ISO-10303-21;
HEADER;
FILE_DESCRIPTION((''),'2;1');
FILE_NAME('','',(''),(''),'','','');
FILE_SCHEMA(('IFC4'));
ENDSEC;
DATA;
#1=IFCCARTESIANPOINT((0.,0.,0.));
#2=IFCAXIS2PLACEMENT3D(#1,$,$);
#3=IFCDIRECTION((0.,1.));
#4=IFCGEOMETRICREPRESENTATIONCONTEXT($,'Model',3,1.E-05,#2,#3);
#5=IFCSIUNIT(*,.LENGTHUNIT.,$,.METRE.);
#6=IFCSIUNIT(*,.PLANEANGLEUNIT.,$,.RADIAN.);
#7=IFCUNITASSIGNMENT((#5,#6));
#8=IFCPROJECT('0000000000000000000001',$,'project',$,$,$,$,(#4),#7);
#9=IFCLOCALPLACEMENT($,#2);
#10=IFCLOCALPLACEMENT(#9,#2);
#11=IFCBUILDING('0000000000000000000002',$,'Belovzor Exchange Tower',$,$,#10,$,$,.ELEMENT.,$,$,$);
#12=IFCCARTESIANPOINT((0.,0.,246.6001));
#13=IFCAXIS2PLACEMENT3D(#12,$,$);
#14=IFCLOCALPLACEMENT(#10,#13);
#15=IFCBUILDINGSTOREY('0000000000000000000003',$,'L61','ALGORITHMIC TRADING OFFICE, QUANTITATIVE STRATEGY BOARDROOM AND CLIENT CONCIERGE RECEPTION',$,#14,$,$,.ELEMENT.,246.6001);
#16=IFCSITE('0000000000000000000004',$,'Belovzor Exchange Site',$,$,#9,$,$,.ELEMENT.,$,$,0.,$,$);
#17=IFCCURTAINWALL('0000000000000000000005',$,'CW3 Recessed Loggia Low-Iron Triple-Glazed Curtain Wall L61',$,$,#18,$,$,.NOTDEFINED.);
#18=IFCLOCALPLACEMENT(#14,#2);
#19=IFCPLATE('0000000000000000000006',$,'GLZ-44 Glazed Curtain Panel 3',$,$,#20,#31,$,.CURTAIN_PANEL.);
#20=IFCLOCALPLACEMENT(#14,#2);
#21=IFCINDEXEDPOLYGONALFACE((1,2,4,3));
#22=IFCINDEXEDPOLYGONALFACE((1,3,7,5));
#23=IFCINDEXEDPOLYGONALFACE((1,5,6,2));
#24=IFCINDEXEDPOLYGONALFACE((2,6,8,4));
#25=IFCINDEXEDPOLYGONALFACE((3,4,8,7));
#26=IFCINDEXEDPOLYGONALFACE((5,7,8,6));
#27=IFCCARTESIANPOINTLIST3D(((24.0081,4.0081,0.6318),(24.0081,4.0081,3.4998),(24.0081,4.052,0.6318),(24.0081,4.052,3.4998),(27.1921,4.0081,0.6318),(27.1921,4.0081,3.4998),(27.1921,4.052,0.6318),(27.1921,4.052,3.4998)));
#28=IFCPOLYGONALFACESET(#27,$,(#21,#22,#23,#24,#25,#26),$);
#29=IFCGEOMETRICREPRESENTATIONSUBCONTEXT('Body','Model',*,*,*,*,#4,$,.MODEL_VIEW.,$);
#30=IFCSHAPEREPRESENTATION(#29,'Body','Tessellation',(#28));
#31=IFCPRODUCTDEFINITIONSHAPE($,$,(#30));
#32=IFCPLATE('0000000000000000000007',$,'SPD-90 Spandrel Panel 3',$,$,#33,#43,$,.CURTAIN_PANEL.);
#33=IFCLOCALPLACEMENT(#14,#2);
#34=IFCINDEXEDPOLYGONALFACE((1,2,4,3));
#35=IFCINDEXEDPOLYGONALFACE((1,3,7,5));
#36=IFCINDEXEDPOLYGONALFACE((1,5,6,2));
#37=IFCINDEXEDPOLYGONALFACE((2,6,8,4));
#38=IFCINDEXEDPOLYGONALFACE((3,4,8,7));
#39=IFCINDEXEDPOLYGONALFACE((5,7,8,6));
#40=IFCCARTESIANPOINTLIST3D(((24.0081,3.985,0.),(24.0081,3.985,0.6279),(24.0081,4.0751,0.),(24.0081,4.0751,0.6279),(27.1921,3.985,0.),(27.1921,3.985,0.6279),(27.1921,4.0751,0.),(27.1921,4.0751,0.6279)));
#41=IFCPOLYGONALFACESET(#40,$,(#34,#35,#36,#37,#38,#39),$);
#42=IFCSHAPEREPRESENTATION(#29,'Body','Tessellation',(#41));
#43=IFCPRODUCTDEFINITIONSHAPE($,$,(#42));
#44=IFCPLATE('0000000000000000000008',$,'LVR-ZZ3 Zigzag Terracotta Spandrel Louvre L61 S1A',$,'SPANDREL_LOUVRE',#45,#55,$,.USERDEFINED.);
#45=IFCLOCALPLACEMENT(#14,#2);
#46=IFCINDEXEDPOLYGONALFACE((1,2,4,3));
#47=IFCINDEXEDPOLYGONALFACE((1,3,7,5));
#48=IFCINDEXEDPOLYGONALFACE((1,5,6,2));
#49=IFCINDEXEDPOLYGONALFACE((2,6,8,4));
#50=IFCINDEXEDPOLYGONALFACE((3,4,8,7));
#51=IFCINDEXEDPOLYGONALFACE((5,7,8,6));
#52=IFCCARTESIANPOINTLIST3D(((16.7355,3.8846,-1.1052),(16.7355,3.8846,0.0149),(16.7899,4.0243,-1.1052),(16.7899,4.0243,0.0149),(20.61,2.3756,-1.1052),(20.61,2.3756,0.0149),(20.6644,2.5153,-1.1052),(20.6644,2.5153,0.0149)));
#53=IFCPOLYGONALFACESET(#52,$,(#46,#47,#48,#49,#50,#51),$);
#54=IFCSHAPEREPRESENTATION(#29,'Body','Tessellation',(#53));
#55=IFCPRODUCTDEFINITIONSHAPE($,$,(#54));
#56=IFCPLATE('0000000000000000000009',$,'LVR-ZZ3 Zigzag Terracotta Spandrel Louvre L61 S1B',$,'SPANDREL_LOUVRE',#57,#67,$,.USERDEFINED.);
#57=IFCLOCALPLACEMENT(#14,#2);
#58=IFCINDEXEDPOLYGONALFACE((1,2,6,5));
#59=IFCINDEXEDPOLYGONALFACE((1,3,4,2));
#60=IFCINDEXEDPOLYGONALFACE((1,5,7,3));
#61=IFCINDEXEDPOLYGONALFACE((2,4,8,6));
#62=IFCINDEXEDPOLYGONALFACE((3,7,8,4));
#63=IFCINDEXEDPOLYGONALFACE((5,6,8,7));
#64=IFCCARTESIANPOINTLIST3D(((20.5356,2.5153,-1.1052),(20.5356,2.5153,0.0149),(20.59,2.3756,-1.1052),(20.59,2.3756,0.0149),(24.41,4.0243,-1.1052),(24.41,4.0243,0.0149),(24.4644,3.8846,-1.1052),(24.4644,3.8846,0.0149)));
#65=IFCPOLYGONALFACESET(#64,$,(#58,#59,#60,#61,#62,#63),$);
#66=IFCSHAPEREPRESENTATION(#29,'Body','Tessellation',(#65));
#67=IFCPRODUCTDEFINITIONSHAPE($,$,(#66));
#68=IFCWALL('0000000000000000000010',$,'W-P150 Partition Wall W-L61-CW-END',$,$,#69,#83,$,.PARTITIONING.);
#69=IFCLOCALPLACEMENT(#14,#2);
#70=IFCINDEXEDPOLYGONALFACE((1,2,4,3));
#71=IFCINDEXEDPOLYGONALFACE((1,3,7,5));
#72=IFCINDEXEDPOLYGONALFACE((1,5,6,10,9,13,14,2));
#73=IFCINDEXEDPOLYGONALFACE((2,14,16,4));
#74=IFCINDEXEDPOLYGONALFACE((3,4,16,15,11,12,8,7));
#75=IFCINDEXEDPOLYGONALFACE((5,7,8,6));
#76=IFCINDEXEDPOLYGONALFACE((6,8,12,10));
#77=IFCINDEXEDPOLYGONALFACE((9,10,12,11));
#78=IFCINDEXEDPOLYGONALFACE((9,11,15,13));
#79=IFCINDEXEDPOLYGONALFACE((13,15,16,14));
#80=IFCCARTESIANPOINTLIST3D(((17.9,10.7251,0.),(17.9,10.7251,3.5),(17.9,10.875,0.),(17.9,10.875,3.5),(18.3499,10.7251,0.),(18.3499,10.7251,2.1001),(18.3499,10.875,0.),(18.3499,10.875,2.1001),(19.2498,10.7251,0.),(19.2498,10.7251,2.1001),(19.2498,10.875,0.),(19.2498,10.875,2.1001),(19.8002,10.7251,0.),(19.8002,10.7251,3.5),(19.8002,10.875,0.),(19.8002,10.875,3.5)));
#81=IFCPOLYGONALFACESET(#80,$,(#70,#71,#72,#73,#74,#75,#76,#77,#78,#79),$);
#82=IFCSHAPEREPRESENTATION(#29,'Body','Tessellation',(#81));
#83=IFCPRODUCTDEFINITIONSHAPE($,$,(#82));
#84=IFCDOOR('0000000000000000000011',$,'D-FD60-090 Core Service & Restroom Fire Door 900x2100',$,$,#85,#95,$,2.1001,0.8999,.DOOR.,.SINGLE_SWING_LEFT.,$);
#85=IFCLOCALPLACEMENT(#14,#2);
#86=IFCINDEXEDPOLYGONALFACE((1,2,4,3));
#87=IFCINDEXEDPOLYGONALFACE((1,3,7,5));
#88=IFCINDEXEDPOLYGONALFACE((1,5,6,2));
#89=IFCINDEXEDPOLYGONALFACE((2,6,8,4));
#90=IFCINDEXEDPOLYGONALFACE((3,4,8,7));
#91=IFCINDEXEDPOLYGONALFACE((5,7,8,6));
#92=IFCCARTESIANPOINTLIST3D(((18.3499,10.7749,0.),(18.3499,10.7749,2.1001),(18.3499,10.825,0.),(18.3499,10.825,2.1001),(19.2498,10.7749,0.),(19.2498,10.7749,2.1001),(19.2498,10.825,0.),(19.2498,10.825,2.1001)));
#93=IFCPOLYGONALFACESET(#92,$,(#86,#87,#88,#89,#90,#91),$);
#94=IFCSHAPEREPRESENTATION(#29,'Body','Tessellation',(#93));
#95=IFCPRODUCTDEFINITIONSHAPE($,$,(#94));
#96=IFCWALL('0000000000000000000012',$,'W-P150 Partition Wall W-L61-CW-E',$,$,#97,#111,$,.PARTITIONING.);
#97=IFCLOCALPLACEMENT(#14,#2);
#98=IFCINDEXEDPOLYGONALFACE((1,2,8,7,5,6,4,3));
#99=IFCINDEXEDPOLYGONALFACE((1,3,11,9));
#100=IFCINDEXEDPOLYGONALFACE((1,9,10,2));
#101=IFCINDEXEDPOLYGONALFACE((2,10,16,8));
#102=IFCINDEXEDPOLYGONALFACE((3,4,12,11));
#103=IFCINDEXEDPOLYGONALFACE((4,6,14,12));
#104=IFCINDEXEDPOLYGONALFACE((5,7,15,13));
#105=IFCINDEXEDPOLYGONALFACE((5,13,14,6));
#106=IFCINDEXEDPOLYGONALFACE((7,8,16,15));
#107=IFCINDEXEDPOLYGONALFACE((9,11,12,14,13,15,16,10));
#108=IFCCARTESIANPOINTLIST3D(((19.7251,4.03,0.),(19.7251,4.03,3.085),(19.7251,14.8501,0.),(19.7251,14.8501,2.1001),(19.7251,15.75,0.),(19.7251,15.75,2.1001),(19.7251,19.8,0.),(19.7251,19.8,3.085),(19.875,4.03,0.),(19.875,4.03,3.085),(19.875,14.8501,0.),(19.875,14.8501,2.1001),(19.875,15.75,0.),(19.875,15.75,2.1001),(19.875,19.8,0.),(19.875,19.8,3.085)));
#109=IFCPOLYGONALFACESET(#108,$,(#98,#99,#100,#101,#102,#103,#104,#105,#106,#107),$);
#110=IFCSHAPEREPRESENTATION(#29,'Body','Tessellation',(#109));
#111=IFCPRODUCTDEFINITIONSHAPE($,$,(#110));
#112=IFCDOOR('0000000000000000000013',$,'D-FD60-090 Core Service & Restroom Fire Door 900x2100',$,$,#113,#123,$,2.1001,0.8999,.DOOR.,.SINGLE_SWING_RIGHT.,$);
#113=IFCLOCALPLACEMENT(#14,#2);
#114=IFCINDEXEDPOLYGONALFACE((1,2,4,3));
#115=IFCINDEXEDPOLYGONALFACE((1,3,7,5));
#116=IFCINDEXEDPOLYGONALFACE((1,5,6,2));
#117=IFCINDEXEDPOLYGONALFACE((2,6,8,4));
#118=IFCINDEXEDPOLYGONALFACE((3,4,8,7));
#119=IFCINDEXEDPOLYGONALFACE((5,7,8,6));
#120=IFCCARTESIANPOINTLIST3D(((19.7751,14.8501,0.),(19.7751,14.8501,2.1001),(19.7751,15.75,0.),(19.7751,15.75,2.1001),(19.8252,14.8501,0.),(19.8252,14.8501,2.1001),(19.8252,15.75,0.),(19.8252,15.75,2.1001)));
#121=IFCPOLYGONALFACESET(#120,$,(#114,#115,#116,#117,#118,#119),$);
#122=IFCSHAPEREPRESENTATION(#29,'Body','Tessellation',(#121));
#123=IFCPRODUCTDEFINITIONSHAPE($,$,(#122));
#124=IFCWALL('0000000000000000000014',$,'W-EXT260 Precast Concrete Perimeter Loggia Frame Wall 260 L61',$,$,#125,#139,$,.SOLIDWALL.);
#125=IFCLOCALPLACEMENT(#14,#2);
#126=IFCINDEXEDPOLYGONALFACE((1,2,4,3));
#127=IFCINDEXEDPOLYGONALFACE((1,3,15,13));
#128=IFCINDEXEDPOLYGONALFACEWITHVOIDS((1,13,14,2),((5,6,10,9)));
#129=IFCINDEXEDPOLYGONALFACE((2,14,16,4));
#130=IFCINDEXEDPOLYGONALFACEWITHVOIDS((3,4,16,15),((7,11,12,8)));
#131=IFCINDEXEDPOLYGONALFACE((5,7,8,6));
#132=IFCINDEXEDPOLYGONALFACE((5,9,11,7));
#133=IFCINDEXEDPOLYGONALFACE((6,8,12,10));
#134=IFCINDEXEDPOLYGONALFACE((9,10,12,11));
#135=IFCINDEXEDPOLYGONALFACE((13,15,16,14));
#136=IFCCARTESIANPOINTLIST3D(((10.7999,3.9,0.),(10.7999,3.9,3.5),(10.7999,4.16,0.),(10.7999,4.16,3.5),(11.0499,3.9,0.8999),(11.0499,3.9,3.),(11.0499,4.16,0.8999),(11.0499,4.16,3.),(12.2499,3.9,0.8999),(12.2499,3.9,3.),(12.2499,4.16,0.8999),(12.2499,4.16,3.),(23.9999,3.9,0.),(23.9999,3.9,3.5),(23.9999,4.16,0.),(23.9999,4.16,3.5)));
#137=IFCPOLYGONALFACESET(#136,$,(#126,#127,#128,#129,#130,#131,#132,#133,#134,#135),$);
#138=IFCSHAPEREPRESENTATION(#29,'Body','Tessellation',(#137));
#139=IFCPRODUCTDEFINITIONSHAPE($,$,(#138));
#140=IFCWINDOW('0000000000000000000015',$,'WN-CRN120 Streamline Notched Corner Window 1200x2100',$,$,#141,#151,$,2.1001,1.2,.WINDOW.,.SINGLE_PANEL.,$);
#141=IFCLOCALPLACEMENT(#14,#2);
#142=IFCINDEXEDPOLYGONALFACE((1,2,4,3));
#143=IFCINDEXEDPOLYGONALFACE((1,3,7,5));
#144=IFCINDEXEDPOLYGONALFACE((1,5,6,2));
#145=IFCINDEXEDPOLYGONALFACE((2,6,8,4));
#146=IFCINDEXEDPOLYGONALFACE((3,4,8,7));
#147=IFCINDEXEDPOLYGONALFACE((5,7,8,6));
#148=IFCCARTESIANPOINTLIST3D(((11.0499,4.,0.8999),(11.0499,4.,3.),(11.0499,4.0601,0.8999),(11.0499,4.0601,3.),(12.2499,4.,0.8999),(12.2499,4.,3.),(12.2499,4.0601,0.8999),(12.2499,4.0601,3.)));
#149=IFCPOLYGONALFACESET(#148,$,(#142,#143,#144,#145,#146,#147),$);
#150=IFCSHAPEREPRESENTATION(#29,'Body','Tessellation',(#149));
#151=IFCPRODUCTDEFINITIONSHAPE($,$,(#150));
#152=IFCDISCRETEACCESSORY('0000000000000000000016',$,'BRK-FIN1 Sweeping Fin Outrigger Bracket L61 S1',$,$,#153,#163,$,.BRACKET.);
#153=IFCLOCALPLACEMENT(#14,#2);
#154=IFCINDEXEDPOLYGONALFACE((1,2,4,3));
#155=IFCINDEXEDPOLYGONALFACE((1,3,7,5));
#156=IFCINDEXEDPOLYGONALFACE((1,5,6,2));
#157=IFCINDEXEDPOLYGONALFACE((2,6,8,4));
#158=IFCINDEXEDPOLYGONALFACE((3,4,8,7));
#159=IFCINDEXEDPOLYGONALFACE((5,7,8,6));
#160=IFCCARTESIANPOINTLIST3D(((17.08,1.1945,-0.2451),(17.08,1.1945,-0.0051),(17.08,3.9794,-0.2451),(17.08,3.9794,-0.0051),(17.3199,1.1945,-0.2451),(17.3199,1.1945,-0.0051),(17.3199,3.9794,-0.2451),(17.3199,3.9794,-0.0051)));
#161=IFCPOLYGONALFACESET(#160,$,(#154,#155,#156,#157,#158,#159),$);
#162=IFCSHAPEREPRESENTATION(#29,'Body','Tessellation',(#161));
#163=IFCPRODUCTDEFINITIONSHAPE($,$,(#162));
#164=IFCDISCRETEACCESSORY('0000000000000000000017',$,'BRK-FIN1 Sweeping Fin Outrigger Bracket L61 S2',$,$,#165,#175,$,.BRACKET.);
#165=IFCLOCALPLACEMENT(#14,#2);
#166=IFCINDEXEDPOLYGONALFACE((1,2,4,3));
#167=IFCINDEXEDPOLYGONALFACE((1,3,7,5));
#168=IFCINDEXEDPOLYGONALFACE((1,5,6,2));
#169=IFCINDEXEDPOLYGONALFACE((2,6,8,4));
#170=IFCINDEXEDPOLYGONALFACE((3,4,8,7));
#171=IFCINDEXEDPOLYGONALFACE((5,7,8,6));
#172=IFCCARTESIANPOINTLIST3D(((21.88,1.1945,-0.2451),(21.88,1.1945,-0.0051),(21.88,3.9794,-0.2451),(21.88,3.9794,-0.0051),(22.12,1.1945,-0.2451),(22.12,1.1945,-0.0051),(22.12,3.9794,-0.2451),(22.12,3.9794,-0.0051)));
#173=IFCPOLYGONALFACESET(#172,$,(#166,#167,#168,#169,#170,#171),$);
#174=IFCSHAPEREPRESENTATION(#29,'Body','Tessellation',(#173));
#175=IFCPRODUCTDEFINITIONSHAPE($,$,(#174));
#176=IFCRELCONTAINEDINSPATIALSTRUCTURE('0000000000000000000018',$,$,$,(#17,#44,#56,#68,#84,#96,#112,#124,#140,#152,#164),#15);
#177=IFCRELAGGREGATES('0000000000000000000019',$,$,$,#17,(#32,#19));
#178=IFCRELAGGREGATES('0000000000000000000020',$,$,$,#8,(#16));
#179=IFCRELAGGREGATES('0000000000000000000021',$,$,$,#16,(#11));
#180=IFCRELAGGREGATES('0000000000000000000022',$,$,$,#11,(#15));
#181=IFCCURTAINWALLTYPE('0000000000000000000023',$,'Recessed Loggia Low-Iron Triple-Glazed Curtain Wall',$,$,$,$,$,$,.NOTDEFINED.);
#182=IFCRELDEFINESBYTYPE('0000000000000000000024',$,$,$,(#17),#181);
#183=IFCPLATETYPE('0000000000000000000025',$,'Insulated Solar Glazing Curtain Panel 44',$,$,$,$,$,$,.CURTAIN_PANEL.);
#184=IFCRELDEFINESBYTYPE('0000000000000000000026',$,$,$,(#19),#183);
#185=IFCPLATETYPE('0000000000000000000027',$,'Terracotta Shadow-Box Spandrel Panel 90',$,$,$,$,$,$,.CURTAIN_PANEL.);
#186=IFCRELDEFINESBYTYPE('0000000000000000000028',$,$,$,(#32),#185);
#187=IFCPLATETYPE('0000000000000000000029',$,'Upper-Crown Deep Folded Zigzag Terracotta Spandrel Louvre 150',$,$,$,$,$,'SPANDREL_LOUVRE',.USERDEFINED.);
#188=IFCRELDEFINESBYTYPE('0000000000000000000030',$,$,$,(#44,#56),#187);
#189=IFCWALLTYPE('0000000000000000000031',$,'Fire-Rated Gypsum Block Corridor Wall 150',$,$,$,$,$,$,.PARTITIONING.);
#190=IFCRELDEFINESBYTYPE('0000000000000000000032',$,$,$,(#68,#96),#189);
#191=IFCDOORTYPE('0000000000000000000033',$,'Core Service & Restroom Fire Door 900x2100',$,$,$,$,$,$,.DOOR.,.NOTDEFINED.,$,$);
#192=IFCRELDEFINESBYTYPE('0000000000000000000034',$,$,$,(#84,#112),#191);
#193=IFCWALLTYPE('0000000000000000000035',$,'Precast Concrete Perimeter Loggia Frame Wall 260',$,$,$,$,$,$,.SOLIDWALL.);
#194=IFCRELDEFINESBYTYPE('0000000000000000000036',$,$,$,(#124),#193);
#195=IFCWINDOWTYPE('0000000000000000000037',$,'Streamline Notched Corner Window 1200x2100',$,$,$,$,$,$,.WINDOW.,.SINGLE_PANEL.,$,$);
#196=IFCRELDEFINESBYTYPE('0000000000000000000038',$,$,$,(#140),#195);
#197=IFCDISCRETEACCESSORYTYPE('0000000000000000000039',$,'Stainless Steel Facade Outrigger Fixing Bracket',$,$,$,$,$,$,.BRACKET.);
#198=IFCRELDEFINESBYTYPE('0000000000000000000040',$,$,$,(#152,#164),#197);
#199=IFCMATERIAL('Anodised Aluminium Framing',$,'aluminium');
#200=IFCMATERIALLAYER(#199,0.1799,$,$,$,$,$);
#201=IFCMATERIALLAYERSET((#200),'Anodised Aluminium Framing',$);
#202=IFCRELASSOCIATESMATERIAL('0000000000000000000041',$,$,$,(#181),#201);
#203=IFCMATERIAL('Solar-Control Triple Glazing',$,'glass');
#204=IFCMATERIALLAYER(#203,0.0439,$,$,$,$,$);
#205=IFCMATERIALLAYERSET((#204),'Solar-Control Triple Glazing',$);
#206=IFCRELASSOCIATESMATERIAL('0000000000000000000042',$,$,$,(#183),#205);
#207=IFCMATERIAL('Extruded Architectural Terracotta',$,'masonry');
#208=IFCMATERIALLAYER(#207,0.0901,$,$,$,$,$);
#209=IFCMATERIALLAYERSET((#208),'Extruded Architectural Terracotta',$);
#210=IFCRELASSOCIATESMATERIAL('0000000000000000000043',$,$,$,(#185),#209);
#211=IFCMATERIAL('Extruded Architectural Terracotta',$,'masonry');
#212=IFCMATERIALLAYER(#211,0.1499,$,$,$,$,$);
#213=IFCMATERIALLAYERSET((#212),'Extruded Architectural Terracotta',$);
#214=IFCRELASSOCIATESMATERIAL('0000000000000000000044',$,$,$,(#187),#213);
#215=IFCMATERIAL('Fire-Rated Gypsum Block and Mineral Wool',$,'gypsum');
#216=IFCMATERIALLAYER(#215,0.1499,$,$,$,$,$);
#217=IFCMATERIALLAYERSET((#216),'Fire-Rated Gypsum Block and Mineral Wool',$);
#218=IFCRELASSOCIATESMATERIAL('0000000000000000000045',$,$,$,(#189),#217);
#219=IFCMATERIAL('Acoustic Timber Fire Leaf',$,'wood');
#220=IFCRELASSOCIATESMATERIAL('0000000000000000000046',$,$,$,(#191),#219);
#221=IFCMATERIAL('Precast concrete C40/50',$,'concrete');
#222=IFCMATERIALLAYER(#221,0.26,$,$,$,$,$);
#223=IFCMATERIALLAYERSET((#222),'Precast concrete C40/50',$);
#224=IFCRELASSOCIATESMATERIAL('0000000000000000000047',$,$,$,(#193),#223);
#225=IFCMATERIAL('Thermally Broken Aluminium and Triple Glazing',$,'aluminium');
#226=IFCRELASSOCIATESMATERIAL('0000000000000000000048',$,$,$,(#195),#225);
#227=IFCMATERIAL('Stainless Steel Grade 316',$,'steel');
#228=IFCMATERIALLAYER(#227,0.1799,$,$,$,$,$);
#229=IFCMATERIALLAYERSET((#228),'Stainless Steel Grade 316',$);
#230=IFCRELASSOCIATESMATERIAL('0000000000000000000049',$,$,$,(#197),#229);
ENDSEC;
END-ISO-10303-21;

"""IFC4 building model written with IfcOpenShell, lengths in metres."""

from ifc_helpers import new_model, si_unit, direction, frame, frame_2d, origin, origin_2d, place, context, subcontext, project, spatial, rectangle, extrude, material, layer, layer_set, type_object, element, fill, aggregate, save


model = new_model("IFC4")

# Units and contexts
model_context = context("Model", 3, precision=1e-05, world=origin(), true_north=direction((0.0, 1.0)))
body_context = subcontext(model_context, "Body", "Model", "MODEL_VIEW")
ifc_project = project(units=[si_unit("LENGTHUNIT", "METRE"), si_unit("PLANEANGLEUNIT", "RADIAN")], contexts=[model_context])

# Site, building, storey
site_placement = place(None, origin())
site = spatial("IfcSite", under=ifc_project, at=site_placement, Name="Belovzor Exchange Site", CompositionType="ELEMENT", RefElevation=0.0)
building_placement = place(site_placement, origin())
building = spatial("IfcBuilding", under=site, at=building_placement, Name="Belovzor Exchange Tower", CompositionType="ELEMENT")
storey_placement = place(building_placement, frame((0.0, 0.0, 246.6001)))
storey = spatial("IfcBuildingStorey", under=building, at=storey_placement, Name="L61", Description="ALGORITHMIC TRADING OFFICE, QUANTITATIVE STRATEGY BOARDROOM AND CLIENT CONCIERGE RECEPTION", CompositionType="ELEMENT", Elevation=246.6001)

# Curtain wall
ifc_material_1 = material(Name="Anodised Aluminium Framing", Category="aluminium")
ifc_layer_1 = layer(ifc_material_1, 0.1799)
ifc_layer_set_1 = layer_set([ifc_layer_1], Name="Anodised Aluminium Framing")
curtain_wall_type = type_object("IfcCurtainWallType", Name="Recessed Loggia Low-Iron Triple-Glazed Curtain Wall", PredefinedType="NOTDEFINED", material=ifc_layer_set_1)
curtain_wall_placement = place(storey_placement, origin())
curtain_wall = element("IfcCurtainWall", 1, at=curtain_wall_placement, inside=storey, type_object=curtain_wall_type, Name="CW3 Recessed Loggia Low-Iron Triple-Glazed Curtain Wall L61", PredefinedType="NOTDEFINED")

# Plates
ifc_material_2 = material(Name="Solar-Control Triple Glazing", Category="glass")
ifc_layer_2 = layer(ifc_material_2, 0.0439)
ifc_layer_set_2 = layer_set([ifc_layer_2], Name="Solar-Control Triple Glazing")
plate_type_1 = type_object("IfcPlateType", Name="Insulated Solar Glazing Curtain Panel 44", PredefinedType="CURTAIN_PANEL", material=ifc_layer_set_2)
plate_1_placement = place(storey_placement, frame((25.6001, 4.03, 0.6318), z_axis=(0.0, 0.0, 1.0), x_axis=(-1.0, 0.0, 0.0)))
plate_1 = element("IfcPlate", 2, at=plate_1_placement, type_object=plate_type_1, Name="GLZ-44 Glazed Curtain Panel 3", PredefinedType="CURTAIN_PANEL", context=body_context, shape_type="SweptSolid", body=[
    extrude(rectangle(XDim=3.1841, YDim=0.0439, at=origin_2d()), origin(), (0.0, 0.0, 1.0), 2.8679),
])
ifc_material_3 = material(Name="Extruded Architectural Terracotta", Category="masonry")
ifc_layer_3 = layer(ifc_material_3, 0.0901)
ifc_layer_set_3 = layer_set([ifc_layer_3], Name="Extruded Architectural Terracotta")
plate_type_2 = type_object("IfcPlateType", Name="Terracotta Shadow-Box Spandrel Panel 90", PredefinedType="CURTAIN_PANEL", material=ifc_layer_set_3)
plate_2_placement = place(storey_placement, frame((25.6001, 4.03, 0.0), z_axis=(0.0, 0.0, 1.0), x_axis=(-1.0, 0.0, 0.0)))
plate_2 = element("IfcPlate", 3, at=plate_2_placement, type_object=plate_type_2, Name="SPD-90 Spandrel Panel 3", PredefinedType="CURTAIN_PANEL", context=body_context, shape_type="SweptSolid", body=[
    extrude(rectangle(XDim=3.1841, YDim=0.0901, at=origin_2d()), origin(), (0.0, 0.0, 1.0), 0.6279),
])
aggregate(curtain_wall, [plate_2, plate_1])

# Plates
ifc_material_4 = material(Name="Extruded Architectural Terracotta", Category="masonry")
ifc_layer_4 = layer(ifc_material_4, 0.1499)
ifc_layer_set_4 = layer_set([ifc_layer_4], Name="Extruded Architectural Terracotta")
plate_type_3 = type_object("IfcPlateType", Name="Upper-Crown Deep Folded Zigzag Terracotta Spandrel Louvre 150", ElementType="SPANDREL_LOUVRE", PredefinedType="USERDEFINED", material=ifc_layer_set_4)
for number, where, z_axis, x_axis, name in (
    (4, (18.7, 3.2, -1.1052), (0.0, 0.0, 1.0), (0.931818, -0.362926, 0.0), "LVR-ZZ3 Zigzag Terracotta Spandrel Louvre L61 S1A"),
    (5, (22.5, 3.2, -1.1052), (0.0, 0.0, 1.0), (0.931818, 0.362926, 0.0), "LVR-ZZ3 Zigzag Terracotta Spandrel Louvre L61 S1B"),
):
    element("IfcPlate", number, at=place(storey_placement, frame(where, z_axis=z_axis, x_axis=x_axis)), inside=storey, type_object=plate_type_3, Name=name, ObjectType="SPANDREL_LOUVRE", PredefinedType="USERDEFINED", context=body_context, shape_type="SweptSolid", body=[
        extrude(rectangle(XDim=4.158, YDim=0.1499, at=origin_2d()), origin(), (0.0, 0.0, 1.0), 1.1201),
    ])

# Walls, openings, doors
ifc_material_5 = material(Name="Fire-Rated Gypsum Block and Mineral Wool", Category="gypsum")
ifc_layer_5 = layer(ifc_material_5, 0.1499)
ifc_layer_set_5 = layer_set([ifc_layer_5], Name="Fire-Rated Gypsum Block and Mineral Wool")
wall_type_1 = type_object("IfcWallType", Name="Fire-Rated Gypsum Block Corridor Wall 150", PredefinedType="PARTITIONING", material=ifc_layer_set_5)
wall_1_placement = place(storey_placement, frame((17.8999, 10.8, 0.0), z_axis=(0.0, 0.0, 1.0), x_axis=(1.0, 0.0, 0.0)))
wall_1 = element("IfcWall", 6, at=wall_1_placement, inside=storey, type_object=wall_type_1, Name="W-P150 Partition Wall W-L61-CW-END", PredefinedType="PARTITIONING", context=body_context, shape_type="SweptSolid", body=[
    extrude(rectangle(XDim=1.9001, YDim=0.1499, at=frame_2d((0.9502, 0.0))), origin(), (0.0, 0.0, 1.0), 3.5),
])
opening_1_placement = place(wall_1_placement, frame((0.45, 0.0, 0.0)))
opening_1 = element("IfcOpeningElement", 7, at=opening_1_placement, cuts=wall_1, PredefinedType="OPENING", context=body_context, shape_type="SweptSolid", body=[
    extrude(rectangle(XDim=0.8999, YDim=2.1001, at=frame_2d((0.45, 1.05))), frame((0.0, 0.085, 0.0), z_axis=(0.0, -1.0, 0.0), x_axis=(1.0, 0.0, 0.0)), (0.0, 0.0, 1.0), 0.1699),
])
ifc_material_6 = material(Name="Acoustic Timber Fire Leaf", Category="wood")
door_type = type_object("IfcDoorType", Name="Core Service & Restroom Fire Door 900x2100", OperationType="NOTDEFINED", PredefinedType="DOOR", material=ifc_material_6)
door_1_placement = place(opening_1_placement, origin())
door_1 = element("IfcDoor", 8, at=door_1_placement, inside=storey, type_object=door_type, Name="D-FD60-090 Core Service & Restroom Fire Door 900x2100", OperationType="SINGLE_SWING_LEFT", OverallHeight=2.1001, OverallWidth=0.8999, PredefinedType="DOOR", context=body_context, shape_type="SweptSolid", body=[
    extrude(rectangle(XDim=0.8999, YDim=2.1001, at=frame_2d((0.45, 1.05))), frame((0.0, 0.0249, 0.0), z_axis=(0.0, -1.0, 0.0), x_axis=(1.0, 0.0, 0.0)), (0.0, 0.0, 1.0), 0.05),
])
fill(opening_1, door_1)
wall_2_placement = place(storey_placement, frame((19.8, 4.03, 0.0), z_axis=(0.0, 0.0, 1.0), x_axis=(0.0, 1.0, 0.0)))
wall_2 = element("IfcWall", 9, at=wall_2_placement, inside=storey, type_object=wall_type_1, Name="W-P150 Partition Wall W-L61-CW-E", PredefinedType="PARTITIONING", context=body_context, shape_type="SweptSolid", body=[
    extrude(rectangle(XDim=15.77, YDim=0.1499, at=frame_2d((7.885, 0.0))), origin(), (0.0, 0.0, 1.0), 3.085),
])
opening_2_placement = place(wall_2_placement, frame((10.8201, 0.0, 0.0)))
opening_2 = element("IfcOpeningElement", 10, at=opening_2_placement, cuts=wall_2, PredefinedType="OPENING", context=body_context, shape_type="SweptSolid", body=[
    extrude(rectangle(XDim=0.8999, YDim=2.1001, at=frame_2d((0.45, 1.05))), frame((0.0, 0.085, 0.0), z_axis=(0.0, -1.0, 0.0), x_axis=(1.0, 0.0, 0.0)), (0.0, 0.0, 1.0), 0.1699),
])
door_2_placement = place(opening_2_placement, origin())
door_2 = element("IfcDoor", 11, at=door_2_placement, inside=storey, type_object=door_type, Name="D-FD60-090 Core Service & Restroom Fire Door 900x2100", OperationType="SINGLE_SWING_RIGHT", OverallHeight=2.1001, OverallWidth=0.8999, PredefinedType="DOOR", context=body_context, shape_type="SweptSolid", body=[
    extrude(rectangle(XDim=0.8999, YDim=2.1001, at=frame_2d((0.45, 1.05))), frame((0.0, 0.0249, 0.0), z_axis=(0.0, -1.0, 0.0), x_axis=(1.0, 0.0, 0.0)), (0.0, 0.0, 1.0), 0.05),
])
fill(opening_2, door_2)

# Wall, opening, window
ifc_material_7 = material(Name="Precast concrete C40/50", Category="concrete")
ifc_layer_6 = layer(ifc_material_7, 0.26)
ifc_layer_set_6 = layer_set([ifc_layer_6], Name="Precast concrete C40/50")
wall_type_2 = type_object("IfcWallType", Name="Precast Concrete Perimeter Loggia Frame Wall 260", PredefinedType="SOLIDWALL", material=ifc_layer_set_6)
wall_3_placement = place(storey_placement, frame((24.0, 4.03, 0.0), z_axis=(0.0, 0.0, 1.0), x_axis=(-1.0, 0.0, 0.0)))
wall_3 = element("IfcWall", 12, at=wall_3_placement, inside=storey, type_object=wall_type_2, Name="W-EXT260 Precast Concrete Perimeter Loggia Frame Wall 260 L61", PredefinedType="SOLIDWALL", context=body_context, shape_type="SweptSolid", body=[
    extrude(rectangle(XDim=13.2, YDim=0.26, at=frame_2d((6.6001, 0.0))), origin(), (0.0, 0.0, 1.0), 3.5),
])
opening_3_placement = place(wall_3_placement, frame((11.75, 0.0, 0.8999)))
opening_3 = element("IfcOpeningElement", 13, at=opening_3_placement, cuts=wall_3, PredefinedType="OPENING", context=body_context, shape_type="SweptSolid", body=[
    extrude(rectangle(XDim=1.2, YDim=2.1001, at=frame_2d((0.6001, 1.05))), frame((0.0, 0.1399, 0.0), z_axis=(0.0, -1.0, 0.0), x_axis=(1.0, 0.0, 0.0)), (0.0, 0.0, 1.0), 0.28),
])
ifc_material_8 = material(Name="Thermally Broken Aluminium and Triple Glazing", Category="aluminium")
window_type = type_object("IfcWindowType", Name="Streamline Notched Corner Window 1200x2100", PartitioningType="SINGLE_PANEL", PredefinedType="WINDOW", material=ifc_material_8)
window_placement = place(opening_3_placement, origin())
window = element("IfcWindow", 14, at=window_placement, inside=storey, type_object=window_type, Name="WN-CRN120 Streamline Notched Corner Window 1200x2100", OverallHeight=2.1001, OverallWidth=1.2, PartitioningType="SINGLE_PANEL", PredefinedType="WINDOW", context=body_context, shape_type="SweptSolid", body=[
    extrude(rectangle(XDim=1.2, YDim=2.1001, at=frame_2d((0.6001, 1.05))), frame((0.0, 0.03, 0.0), z_axis=(0.0, -1.0, 0.0), x_axis=(1.0, 0.0, 0.0)), (0.0, 0.0, 1.0), 0.0601),
])
fill(opening_3, window)

# Discrete accessories
ifc_material_9 = material(Name="Stainless Steel Grade 316", Category="steel")
ifc_layer_7 = layer(ifc_material_9, 0.1799)
ifc_layer_set_7 = layer_set([ifc_layer_7], Name="Stainless Steel Grade 316")
discrete_accessory_type = type_object("IfcDiscreteAccessoryType", Name="Stainless Steel Facade Outrigger Fixing Bracket", PredefinedType="BRACKET", material=ifc_layer_set_7)
for number, where, z_axis, x_axis, name in (
    (15, (17.2, 2.5869, -0.2451), (0.0, 0.0, 1.0), (0.0, 1.0, 0.0), "BRK-FIN1 Sweeping Fin Outrigger Bracket L61 S1"),
    (16, (22.0, 2.5869, -0.2451), (0.0, 0.0, 1.0), (0.0, 1.0, 0.0), "BRK-FIN1 Sweeping Fin Outrigger Bracket L61 S2"),
):
    element("IfcDiscreteAccessory", number, at=place(storey_placement, frame(where, z_axis=z_axis, x_axis=x_axis)), inside=storey, type_object=discrete_accessory_type, Name=name, PredefinedType="BRACKET", context=body_context, shape_type="SweptSolid", body=[
        extrude(rectangle(XDim=2.7849, YDim=0.24, at=origin_2d()), origin(), (0.0, 0.0, 1.0), 0.24),
    ])

save(model, "model.ifc")
